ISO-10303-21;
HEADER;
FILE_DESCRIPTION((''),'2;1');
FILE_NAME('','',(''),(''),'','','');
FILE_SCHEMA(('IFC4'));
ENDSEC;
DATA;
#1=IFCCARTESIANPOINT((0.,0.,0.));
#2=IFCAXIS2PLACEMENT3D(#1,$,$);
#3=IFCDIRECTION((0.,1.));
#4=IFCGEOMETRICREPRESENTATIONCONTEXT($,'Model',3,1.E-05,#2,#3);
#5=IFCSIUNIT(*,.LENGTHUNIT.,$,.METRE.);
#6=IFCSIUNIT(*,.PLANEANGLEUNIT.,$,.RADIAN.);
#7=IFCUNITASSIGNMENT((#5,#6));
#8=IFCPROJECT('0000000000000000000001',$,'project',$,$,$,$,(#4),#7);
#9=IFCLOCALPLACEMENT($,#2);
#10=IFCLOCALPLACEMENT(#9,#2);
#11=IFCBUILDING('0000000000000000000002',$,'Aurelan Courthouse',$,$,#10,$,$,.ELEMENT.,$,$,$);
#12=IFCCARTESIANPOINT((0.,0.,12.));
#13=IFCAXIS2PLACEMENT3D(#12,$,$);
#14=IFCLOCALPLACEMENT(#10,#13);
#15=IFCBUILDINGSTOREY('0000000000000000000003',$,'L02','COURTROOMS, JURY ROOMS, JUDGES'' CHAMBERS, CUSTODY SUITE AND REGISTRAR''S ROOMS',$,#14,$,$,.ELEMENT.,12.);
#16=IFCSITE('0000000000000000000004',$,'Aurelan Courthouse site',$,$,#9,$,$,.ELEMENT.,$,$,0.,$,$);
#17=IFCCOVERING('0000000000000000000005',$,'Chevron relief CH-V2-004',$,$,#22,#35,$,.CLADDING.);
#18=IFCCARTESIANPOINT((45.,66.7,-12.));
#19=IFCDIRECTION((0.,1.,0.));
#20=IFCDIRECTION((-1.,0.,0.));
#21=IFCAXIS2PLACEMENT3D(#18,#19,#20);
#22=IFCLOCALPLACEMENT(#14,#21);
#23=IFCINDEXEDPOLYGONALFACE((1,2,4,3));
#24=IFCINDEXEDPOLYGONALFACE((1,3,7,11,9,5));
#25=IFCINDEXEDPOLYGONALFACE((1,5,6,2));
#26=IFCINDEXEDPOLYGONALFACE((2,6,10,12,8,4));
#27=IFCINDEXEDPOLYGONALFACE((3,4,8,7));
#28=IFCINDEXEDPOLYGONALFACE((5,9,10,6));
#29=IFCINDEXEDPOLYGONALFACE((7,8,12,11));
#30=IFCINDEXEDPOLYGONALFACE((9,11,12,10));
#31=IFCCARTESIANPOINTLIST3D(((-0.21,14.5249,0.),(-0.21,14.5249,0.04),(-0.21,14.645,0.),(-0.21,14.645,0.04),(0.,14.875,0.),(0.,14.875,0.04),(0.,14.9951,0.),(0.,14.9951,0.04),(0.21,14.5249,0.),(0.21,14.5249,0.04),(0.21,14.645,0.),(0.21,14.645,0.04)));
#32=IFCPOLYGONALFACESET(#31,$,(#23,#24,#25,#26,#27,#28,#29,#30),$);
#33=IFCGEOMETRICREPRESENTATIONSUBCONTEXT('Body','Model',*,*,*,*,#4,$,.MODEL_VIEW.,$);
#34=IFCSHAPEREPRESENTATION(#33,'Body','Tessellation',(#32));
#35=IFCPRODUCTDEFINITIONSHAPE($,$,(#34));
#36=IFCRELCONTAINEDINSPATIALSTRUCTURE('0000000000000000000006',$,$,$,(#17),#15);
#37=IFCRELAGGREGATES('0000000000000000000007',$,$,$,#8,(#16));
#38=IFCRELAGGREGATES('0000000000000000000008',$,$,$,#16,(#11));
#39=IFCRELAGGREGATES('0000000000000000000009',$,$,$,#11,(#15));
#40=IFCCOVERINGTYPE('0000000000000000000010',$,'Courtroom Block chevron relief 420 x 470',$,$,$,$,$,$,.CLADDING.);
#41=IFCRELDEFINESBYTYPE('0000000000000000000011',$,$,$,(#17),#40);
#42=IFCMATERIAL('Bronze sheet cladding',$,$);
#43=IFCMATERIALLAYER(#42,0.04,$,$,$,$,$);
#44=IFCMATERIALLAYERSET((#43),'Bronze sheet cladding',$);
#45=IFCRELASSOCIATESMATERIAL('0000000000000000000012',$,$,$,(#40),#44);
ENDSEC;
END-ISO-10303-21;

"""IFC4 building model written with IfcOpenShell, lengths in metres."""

from ifc_helpers import new_model, si_unit, direction, frame, origin, place, context, subcontext, project, spatial, polyline, outline, extrude, material, layer, layer_set, type_object, element, save


model = new_model("IFC4")

# Units and contexts
model_context = context("Model", 3, precision=1e-05, world=origin(), true_north=direction((0.0, 1.0)))
body_context = subcontext(model_context, "Body", "Model", "MODEL_VIEW")
ifc_project = project(units=[si_unit("LENGTHUNIT", "METRE"), si_unit("PLANEANGLEUNIT", "RADIAN")], contexts=[model_context])

# Site, building, storey
site_placement = place(None, origin())
site = spatial("IfcSite", under=ifc_project, at=site_placement, Name="Aurelan Courthouse site", CompositionType="ELEMENT", RefElevation=0.0)
building_placement = place(site_placement, origin())
building = spatial("IfcBuilding", under=site, at=building_placement, Name="Aurelan Courthouse", CompositionType="ELEMENT")
storey_placement = place(building_placement, frame((0.0, 0.0, 12.0)))
storey = spatial("IfcBuildingStorey", under=building, at=storey_placement, Name="L02", Description="COURTROOMS, JURY ROOMS, JUDGES' CHAMBERS, CUSTODY SUITE AND REGISTRAR'S ROOMS", CompositionType="ELEMENT", Elevation=12.0)

# Covering
ifc_material_1 = material(Name="Bronze sheet cladding")
ifc_layer_1 = layer(ifc_material_1, 0.04)
ifc_layer_set_1 = layer_set([ifc_layer_1], Name="Bronze sheet cladding")
covering_type_1 = type_object("IfcCoveringType", Name="Courtroom Block chevron relief 420 x 470", PredefinedType="CLADDING", material=ifc_layer_set_1)
covering_1_placement = place(storey_placement, frame((45.0, 66.7, -12.0), z_axis=(0.0, 1.0, 0.0), x_axis=(-1.0, 0.0, 0.0)))
element("IfcCovering", 1, at=covering_1_placement, inside=storey, type_object=covering_type_1, Name="Chevron relief CH-V2-004", PredefinedType="CLADDING", context=body_context, shape_type="SweptSolid", body=[
    extrude(outline(polyline([(-0.21, 14.5249), (0.0, 14.875), (0.21, 14.5249), (0.21, 14.645), (0.0, 14.9951), (-0.21, 14.645), (-0.21, 14.5249)])), origin(), (0.0, 0.0, 1.0), 0.04),
])

save(model, "model.ifc")
